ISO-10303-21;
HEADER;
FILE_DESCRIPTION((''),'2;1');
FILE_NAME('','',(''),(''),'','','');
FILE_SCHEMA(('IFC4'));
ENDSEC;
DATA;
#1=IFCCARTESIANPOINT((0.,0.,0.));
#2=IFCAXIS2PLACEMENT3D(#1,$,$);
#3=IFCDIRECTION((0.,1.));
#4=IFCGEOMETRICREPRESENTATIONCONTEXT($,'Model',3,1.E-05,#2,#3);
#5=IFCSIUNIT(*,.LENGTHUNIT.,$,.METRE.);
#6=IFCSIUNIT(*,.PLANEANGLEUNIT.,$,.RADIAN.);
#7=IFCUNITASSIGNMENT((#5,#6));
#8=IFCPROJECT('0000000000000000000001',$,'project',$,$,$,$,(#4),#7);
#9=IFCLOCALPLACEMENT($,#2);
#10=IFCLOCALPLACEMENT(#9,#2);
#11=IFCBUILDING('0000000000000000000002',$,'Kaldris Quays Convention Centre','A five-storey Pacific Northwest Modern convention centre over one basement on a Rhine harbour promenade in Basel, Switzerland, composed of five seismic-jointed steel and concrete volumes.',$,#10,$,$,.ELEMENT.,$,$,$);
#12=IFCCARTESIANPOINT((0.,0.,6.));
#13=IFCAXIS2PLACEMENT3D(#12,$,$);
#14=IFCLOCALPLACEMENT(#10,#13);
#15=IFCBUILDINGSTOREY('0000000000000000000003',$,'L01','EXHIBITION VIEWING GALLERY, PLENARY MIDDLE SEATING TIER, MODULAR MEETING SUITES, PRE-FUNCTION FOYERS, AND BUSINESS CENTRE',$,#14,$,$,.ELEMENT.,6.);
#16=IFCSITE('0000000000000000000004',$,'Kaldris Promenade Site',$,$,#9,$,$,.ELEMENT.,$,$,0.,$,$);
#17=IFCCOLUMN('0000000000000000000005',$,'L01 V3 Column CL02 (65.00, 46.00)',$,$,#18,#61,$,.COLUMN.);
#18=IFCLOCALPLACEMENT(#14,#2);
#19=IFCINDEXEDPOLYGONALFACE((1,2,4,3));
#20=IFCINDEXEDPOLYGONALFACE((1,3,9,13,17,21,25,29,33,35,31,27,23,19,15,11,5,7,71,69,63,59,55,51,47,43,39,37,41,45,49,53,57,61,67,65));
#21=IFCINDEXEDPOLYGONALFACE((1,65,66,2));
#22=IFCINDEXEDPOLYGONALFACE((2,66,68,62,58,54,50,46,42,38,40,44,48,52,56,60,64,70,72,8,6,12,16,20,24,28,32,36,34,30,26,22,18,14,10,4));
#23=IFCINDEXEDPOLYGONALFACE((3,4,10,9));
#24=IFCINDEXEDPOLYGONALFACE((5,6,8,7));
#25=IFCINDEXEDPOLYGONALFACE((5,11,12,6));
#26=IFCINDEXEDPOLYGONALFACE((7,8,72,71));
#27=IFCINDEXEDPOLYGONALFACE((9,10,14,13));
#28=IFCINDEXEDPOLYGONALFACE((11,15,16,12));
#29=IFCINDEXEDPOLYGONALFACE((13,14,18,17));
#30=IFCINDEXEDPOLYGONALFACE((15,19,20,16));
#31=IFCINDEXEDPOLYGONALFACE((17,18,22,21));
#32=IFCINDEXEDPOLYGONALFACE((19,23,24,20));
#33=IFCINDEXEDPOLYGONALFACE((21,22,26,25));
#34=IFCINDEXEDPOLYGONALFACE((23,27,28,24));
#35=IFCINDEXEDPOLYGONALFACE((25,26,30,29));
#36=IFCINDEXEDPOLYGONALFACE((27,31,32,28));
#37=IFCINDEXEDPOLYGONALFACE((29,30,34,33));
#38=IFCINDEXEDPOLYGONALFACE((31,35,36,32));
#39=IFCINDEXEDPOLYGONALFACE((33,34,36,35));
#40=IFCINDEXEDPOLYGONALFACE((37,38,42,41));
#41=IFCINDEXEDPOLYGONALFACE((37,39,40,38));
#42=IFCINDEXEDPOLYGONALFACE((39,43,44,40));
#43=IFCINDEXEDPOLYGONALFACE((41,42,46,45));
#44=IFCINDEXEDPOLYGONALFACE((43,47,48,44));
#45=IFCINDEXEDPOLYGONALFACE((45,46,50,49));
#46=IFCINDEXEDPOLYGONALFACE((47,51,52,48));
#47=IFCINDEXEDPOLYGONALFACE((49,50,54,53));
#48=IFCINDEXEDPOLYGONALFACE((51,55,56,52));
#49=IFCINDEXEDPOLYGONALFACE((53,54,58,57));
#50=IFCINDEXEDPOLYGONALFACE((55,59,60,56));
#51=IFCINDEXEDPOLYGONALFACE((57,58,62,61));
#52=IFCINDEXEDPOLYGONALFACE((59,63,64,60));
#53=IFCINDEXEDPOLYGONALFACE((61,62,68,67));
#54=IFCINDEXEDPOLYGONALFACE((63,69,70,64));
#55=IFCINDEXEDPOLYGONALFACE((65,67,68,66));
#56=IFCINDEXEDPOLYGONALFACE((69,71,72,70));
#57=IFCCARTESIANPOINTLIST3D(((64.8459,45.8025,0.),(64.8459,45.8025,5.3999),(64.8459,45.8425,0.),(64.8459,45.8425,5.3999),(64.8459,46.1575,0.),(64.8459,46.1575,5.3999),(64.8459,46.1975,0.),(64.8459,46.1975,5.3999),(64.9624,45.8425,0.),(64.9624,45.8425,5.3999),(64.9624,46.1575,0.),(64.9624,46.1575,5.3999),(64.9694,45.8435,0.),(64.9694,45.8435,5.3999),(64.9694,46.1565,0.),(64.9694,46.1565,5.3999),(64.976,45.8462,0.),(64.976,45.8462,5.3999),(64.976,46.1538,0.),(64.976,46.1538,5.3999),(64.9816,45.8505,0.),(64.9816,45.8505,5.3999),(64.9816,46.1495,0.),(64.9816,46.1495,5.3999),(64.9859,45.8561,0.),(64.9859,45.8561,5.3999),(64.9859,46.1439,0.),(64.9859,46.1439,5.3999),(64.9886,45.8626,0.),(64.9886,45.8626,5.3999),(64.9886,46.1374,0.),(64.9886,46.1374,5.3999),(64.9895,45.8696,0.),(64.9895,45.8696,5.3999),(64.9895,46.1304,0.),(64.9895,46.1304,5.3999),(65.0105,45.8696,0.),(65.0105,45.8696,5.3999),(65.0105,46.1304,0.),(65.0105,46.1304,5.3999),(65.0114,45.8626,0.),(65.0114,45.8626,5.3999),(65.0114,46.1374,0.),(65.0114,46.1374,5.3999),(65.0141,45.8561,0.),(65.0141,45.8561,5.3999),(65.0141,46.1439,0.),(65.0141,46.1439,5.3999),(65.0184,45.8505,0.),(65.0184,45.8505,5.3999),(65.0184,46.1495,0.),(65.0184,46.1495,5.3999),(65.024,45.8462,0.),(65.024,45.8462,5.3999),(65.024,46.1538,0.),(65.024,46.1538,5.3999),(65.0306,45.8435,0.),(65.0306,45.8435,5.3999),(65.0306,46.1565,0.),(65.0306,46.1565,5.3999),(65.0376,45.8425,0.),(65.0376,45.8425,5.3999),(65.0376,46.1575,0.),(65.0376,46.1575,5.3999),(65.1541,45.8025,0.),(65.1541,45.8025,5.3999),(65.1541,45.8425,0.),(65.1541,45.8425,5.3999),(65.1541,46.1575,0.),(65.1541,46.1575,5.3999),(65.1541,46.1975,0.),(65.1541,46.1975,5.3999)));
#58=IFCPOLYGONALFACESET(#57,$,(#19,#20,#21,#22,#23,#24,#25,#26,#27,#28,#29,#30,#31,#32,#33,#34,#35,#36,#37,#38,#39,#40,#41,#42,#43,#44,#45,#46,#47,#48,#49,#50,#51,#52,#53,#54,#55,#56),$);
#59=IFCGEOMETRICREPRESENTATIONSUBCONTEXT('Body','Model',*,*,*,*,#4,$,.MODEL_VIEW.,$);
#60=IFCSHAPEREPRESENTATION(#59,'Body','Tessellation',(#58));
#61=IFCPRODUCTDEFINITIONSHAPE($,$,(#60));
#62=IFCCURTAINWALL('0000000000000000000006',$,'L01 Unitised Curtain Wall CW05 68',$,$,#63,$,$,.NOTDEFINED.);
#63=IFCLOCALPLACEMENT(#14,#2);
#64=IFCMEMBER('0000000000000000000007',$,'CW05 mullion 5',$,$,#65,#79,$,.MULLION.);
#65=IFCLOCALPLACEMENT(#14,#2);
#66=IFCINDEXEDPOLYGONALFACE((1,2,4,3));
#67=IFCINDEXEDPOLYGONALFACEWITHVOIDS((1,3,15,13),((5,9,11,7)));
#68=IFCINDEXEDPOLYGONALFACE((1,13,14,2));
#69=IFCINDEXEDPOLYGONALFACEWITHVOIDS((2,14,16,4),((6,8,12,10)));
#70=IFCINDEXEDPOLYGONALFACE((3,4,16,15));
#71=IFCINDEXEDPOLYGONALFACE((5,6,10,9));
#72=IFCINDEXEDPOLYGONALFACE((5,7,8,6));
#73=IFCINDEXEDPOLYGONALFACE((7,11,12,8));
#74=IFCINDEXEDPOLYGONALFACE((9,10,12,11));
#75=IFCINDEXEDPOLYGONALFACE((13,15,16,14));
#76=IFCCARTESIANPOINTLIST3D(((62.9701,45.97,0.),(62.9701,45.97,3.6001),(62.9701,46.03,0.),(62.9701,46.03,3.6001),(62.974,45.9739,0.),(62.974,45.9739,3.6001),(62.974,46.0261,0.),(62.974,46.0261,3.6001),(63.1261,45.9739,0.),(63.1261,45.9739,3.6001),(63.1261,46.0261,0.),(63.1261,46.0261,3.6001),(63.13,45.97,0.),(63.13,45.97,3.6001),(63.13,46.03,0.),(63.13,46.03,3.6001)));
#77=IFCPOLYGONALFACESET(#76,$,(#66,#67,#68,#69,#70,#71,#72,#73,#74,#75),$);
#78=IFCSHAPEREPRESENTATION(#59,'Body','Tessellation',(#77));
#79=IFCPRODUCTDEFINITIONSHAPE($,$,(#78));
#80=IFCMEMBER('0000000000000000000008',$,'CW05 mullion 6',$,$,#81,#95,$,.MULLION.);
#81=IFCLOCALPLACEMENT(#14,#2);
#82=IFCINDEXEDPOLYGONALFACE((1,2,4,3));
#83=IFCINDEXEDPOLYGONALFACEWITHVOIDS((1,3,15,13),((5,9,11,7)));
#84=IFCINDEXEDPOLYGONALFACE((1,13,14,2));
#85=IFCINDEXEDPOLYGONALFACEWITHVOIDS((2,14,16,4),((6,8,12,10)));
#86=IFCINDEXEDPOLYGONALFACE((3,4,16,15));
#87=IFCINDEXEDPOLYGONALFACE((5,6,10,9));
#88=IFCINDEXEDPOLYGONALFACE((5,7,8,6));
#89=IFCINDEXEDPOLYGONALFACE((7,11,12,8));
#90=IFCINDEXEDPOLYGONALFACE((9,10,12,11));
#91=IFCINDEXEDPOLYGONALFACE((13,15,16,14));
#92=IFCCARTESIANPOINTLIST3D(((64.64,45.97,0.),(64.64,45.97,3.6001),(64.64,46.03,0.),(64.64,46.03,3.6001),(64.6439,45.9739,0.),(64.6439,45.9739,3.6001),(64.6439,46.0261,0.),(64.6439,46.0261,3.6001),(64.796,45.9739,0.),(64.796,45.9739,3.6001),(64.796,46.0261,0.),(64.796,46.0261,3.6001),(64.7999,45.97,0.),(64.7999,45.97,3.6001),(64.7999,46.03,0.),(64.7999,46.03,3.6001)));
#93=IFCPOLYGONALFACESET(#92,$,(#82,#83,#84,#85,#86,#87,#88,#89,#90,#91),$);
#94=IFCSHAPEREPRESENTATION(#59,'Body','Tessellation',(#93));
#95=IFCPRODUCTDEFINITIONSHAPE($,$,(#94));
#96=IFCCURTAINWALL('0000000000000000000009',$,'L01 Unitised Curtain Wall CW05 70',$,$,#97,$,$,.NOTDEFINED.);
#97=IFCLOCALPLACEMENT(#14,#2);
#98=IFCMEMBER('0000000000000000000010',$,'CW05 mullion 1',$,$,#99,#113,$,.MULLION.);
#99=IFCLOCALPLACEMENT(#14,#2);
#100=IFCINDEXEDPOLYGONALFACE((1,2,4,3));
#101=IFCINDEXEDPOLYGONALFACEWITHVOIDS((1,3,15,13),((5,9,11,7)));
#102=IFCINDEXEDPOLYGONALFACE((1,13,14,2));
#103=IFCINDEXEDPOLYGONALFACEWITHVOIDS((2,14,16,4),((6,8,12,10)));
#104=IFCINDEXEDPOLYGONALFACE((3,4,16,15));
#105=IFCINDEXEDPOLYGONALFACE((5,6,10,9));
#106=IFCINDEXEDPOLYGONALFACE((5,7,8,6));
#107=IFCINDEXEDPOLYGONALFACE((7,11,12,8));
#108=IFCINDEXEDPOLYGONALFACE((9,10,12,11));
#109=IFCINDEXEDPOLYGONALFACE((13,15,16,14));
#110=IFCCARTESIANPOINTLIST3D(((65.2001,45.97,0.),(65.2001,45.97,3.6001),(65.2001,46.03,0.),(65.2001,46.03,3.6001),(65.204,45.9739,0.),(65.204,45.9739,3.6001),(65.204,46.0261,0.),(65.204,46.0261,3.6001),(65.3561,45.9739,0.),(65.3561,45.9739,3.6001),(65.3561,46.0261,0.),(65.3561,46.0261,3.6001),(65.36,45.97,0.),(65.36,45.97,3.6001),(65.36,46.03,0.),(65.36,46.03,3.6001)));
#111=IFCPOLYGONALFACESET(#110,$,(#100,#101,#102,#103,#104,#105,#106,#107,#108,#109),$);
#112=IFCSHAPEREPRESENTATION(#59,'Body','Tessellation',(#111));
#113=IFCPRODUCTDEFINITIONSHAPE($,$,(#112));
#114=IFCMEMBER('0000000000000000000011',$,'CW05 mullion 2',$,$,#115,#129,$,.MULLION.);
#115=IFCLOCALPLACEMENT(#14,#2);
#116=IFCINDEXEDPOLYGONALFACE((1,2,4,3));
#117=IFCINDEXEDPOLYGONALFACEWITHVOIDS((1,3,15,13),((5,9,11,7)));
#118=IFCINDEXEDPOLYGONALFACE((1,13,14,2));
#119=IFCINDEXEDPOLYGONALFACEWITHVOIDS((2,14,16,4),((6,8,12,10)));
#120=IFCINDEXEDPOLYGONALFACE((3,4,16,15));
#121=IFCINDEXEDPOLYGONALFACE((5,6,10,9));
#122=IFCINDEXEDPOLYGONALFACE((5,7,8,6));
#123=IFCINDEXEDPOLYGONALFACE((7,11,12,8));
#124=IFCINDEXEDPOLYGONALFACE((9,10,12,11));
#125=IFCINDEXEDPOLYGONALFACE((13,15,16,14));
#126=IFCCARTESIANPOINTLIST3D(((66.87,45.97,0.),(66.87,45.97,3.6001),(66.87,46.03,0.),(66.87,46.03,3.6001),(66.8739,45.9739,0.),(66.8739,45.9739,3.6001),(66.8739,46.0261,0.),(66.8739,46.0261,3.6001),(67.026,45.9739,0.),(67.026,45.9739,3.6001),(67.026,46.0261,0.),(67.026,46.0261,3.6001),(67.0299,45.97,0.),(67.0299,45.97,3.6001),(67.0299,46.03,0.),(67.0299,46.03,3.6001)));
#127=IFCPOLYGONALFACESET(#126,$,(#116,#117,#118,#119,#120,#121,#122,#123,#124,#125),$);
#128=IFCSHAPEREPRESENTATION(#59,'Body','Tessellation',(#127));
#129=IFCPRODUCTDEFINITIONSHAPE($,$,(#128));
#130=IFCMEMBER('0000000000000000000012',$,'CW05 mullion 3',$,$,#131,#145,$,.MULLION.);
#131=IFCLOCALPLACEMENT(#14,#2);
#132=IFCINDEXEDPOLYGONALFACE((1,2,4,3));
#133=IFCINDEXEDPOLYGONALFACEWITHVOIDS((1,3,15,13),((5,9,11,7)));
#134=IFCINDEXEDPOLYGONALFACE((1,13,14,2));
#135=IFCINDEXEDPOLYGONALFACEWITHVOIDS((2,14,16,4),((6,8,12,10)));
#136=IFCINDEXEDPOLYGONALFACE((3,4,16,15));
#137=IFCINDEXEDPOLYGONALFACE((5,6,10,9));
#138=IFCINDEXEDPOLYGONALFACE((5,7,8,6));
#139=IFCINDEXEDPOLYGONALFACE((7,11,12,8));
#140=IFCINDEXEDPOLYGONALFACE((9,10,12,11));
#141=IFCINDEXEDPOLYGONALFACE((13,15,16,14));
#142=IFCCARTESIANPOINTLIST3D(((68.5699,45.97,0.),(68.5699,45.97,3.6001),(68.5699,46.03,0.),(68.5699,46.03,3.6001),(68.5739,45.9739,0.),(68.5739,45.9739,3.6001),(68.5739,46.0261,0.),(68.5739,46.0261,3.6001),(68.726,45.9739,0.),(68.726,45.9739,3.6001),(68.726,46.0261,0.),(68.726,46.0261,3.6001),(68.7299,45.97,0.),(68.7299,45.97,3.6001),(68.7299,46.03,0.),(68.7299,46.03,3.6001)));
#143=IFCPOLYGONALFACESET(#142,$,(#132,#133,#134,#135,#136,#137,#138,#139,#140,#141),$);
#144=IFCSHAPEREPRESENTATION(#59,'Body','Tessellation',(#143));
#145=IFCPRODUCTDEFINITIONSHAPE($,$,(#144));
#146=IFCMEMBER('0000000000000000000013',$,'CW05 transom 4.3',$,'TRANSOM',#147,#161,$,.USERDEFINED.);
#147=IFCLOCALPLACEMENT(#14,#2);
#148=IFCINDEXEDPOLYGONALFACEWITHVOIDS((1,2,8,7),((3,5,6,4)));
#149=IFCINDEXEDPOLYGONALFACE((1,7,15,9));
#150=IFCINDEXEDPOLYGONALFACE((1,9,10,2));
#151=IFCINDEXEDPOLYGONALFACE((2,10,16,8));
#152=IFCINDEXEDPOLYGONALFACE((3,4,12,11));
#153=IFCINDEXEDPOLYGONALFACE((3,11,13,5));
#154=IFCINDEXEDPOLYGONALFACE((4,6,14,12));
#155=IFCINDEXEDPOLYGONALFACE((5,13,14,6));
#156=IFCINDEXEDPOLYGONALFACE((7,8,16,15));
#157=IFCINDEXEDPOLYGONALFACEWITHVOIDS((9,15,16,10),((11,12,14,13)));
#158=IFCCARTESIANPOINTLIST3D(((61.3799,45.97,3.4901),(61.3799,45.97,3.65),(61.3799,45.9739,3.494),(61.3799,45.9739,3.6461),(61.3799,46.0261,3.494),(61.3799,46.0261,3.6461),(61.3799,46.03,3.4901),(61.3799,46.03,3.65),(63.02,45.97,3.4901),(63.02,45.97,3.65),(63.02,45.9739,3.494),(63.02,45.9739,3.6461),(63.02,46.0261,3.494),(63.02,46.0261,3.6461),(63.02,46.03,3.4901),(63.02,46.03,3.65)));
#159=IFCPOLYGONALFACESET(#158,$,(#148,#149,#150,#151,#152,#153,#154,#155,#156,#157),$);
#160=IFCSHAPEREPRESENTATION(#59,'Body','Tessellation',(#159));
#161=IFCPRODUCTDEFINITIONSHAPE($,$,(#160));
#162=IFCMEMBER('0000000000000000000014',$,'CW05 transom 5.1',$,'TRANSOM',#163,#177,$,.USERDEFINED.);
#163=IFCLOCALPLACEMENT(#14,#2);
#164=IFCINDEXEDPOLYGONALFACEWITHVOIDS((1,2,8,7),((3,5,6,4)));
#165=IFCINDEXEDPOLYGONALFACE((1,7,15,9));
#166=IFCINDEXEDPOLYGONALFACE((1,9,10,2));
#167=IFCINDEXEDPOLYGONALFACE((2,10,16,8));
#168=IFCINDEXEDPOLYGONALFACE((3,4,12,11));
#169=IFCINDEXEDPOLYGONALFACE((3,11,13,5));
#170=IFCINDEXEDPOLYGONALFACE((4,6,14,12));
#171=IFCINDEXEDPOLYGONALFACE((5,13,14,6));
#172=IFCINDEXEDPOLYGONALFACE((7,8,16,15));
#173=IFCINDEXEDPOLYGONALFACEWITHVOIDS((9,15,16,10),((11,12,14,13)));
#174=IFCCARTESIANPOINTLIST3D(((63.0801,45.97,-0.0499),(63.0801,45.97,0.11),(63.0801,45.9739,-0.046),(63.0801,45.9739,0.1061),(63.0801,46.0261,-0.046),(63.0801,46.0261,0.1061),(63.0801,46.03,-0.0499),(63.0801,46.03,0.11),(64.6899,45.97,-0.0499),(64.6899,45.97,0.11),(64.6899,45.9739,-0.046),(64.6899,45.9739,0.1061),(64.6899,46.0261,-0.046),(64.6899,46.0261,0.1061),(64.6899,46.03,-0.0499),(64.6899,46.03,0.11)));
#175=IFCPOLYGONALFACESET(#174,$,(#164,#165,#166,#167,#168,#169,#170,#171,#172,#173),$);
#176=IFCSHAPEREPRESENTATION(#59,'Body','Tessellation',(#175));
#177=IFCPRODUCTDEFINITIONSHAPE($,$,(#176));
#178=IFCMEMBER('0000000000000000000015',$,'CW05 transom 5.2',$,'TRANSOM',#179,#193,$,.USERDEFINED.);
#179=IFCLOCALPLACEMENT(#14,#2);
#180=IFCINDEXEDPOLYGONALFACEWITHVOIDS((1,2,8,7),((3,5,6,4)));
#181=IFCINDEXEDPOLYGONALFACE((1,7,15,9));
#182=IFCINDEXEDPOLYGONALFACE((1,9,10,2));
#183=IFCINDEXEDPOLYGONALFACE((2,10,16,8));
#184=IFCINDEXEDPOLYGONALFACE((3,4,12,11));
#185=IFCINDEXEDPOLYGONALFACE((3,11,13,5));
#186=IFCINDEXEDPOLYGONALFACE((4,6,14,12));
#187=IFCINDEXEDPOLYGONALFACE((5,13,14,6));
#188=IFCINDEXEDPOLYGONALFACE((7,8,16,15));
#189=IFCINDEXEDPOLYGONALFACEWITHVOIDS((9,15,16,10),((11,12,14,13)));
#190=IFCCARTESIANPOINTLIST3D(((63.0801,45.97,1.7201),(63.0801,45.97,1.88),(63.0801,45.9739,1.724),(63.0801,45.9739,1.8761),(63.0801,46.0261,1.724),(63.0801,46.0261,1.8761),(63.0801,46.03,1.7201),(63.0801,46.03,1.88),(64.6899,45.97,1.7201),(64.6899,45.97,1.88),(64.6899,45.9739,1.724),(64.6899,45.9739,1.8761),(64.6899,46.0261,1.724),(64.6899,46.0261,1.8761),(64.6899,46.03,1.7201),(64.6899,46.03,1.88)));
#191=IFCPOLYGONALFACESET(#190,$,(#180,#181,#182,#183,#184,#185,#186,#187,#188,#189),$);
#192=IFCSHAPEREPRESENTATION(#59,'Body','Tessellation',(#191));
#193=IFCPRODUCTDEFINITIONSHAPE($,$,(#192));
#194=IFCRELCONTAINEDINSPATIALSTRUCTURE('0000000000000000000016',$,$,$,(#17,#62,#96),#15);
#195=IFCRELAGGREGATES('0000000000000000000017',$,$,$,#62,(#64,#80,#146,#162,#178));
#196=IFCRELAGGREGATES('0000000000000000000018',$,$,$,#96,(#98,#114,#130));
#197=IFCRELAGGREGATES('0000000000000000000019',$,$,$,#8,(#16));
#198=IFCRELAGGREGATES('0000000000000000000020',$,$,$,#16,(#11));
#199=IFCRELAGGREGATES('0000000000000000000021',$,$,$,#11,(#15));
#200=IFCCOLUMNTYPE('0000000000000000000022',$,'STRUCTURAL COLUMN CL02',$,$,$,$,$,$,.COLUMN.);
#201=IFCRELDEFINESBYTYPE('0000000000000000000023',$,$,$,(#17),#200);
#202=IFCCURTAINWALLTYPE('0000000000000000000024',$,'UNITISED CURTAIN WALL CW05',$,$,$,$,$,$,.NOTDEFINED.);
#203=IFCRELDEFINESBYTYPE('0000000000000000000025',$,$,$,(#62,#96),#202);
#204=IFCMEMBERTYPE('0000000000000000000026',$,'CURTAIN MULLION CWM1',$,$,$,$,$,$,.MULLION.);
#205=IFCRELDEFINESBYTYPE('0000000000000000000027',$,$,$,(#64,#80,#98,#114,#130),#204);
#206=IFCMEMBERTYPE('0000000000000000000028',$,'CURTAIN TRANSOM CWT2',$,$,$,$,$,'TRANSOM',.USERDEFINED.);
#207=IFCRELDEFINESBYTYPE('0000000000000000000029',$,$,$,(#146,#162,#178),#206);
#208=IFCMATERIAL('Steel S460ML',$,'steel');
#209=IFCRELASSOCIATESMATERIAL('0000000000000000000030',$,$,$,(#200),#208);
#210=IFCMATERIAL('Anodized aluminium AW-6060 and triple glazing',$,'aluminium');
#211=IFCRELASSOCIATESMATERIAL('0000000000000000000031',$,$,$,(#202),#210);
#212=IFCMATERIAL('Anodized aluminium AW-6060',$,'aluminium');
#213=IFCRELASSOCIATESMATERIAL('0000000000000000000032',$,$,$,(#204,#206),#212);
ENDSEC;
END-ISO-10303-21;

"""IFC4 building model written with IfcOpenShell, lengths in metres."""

from ifc_helpers import new_model, si_unit, direction, frame, origin, origin_2d, place, context, subcontext, project, spatial, hollow_rectangle, i_section, extrude, material, material_profile, profile_set, type_object, element, aggregate, save


model = new_model("IFC4")

# Units and contexts
model_context = context("Model", 3, precision=1e-05, world=origin(), true_north=direction((0.0, 1.0)))
body_context = subcontext(model_context, "Body", "Model", "MODEL_VIEW")
ifc_project = project(units=[si_unit("LENGTHUNIT", "METRE"), si_unit("PLANEANGLEUNIT", "RADIAN")], contexts=[model_context])

# Site, building, storey
site_placement = place(None, origin())
site = spatial("IfcSite", under=ifc_project, at=site_placement, Name="Kaldris Promenade Site", CompositionType="ELEMENT", RefElevation=0.0)
building_placement = place(site_placement, origin())
building = spatial("IfcBuilding", under=site, at=building_placement, Name="Kaldris Quays Convention Centre", Description="A five-storey Pacific Northwest Modern convention centre over one basement on a Rhine harbour promenade in Basel, Switzerland, composed of five seismic-jointed steel and concrete volumes.", CompositionType="ELEMENT")
storey_placement = place(building_placement, frame((0.0, 0.0, 6.0)))
storey = spatial("IfcBuildingStorey", under=building, at=storey_placement, Name="L01", Description="EXHIBITION VIEWING GALLERY, PLENARY MIDDLE SEATING TIER, MODULAR MEETING SUITES, PRE-FUNCTION FOYERS, AND BUSINESS CENTRE", CompositionType="ELEMENT", Elevation=6.0)

# Column
ifc_material_1 = material(Name="Steel S460ML", Category="steel")
ifc_material_profile_1 = material_profile(ifc_material_1, i_section(OverallWidth=0.3081, OverallDepth=0.395, WebThickness=0.021, FlangeThickness=0.04, FilletRadius=0.0271, at=origin_2d()), Name="HEM 360")
ifc_profile_set_1 = profile_set([ifc_material_profile_1], Name="Steel S460ML")
column_type = type_object("IfcColumnType", Name="STRUCTURAL COLUMN CL02", PredefinedType="COLUMN", material=ifc_profile_set_1)
column_placement = place(storey_placement, frame((65.0, 46.0, 0.0), z_axis=(0.0, 0.0, 1.0), x_axis=(1.0, 0.0, 0.0)))
element("IfcColumn", 1, at=column_placement, inside=storey, type_object=column_type, Name="L01 V3 Column CL02 (65.00, 46.00)", PredefinedType="COLUMN", context=body_context, shape_type="SweptSolid", body=[
    extrude(i_section(OverallWidth=0.3081, OverallDepth=0.395, WebThickness=0.021, FlangeThickness=0.04, FilletRadius=0.0271, at=origin_2d()), origin(), (0.0, 0.0, 1.0), 5.3999),
])

# Curtain walls, members
ifc_material_2 = material(Name="Anodized aluminium AW-6060 and triple glazing", Category="aluminium")
curtain_wall_type = type_object("IfcCurtainWallType", Name="UNITISED CURTAIN WALL CW05", PredefinedType="NOTDEFINED", material=ifc_material_2)
curtain_wall_1_placement = place(storey_placement, origin())
curtain_wall_1 = element("IfcCurtainWall", 2, at=curtain_wall_1_placement, inside=storey, type_object=curtain_wall_type, Name="L01 Unitised Curtain Wall CW05 68", PredefinedType="NOTDEFINED")
ifc_material_3 = material(Name="Anodized aluminium AW-6060", Category="aluminium")
ifc_material_profile_2 = material_profile(ifc_material_3, hollow_rectangle(XDim=0.0601, YDim=0.1599, WallThickness=0.0039, at=origin_2d()), Name="RHS 160x60x4")
ifc_profile_set_2 = profile_set([ifc_material_profile_2], Name="Anodized aluminium AW-6060")
member_type_1 = type_object("IfcMemberType", Name="CURTAIN MULLION CWM1", PredefinedType="MULLION", material=ifc_profile_set_2)
member_1_placement = place(storey_placement, frame((63.05, 46.0, 0.0), z_axis=(0.0, 0.0, 1.0), x_axis=(0.0, 1.0, 0.0)))
member_1 = element("IfcMember", 3, at=member_1_placement, type_object=member_type_1, Name="CW05 mullion 5", PredefinedType="MULLION", context=body_context, shape_type="SweptSolid", body=[
    extrude(hollow_rectangle(XDim=0.0601, YDim=0.1599, WallThickness=0.0039, at=origin_2d()), origin(), (0.0, 0.0, 1.0), 3.6001),
])
member_2_placement = place(storey_placement, frame((64.72, 46.0, 0.0), z_axis=(0.0, 0.0, 1.0), x_axis=(0.0, 1.0, 0.0)))
member_2 = element("IfcMember", 4, at=member_2_placement, type_object=member_type_1, Name="CW05 mullion 6", PredefinedType="MULLION", context=body_context, shape_type="SweptSolid", body=[
    extrude(hollow_rectangle(XDim=0.0601, YDim=0.1599, WallThickness=0.0039, at=origin_2d()), origin(), (0.0, 0.0, 1.0), 3.6001),
])
curtain_wall_2_placement = place(storey_placement, origin())
curtain_wall_2 = element("IfcCurtainWall", 5, at=curtain_wall_2_placement, inside=storey, type_object=curtain_wall_type, Name="L01 Unitised Curtain Wall CW05 70", PredefinedType="NOTDEFINED")
member_3_placement = place(storey_placement, frame((65.28, 46.0, 0.0), z_axis=(0.0, 0.0, 1.0), x_axis=(0.0, 1.0, 0.0)))
member_3 = element("IfcMember", 6, at=member_3_placement, type_object=member_type_1, Name="CW05 mullion 1", PredefinedType="MULLION", context=body_context, shape_type="SweptSolid", body=[
    extrude(hollow_rectangle(XDim=0.0601, YDim=0.1599, WallThickness=0.0039, at=origin_2d()), origin(), (0.0, 0.0, 1.0), 3.6001),
])
member_4_placement = place(storey_placement, frame((66.95, 46.0, 0.0), z_axis=(0.0, 0.0, 1.0), x_axis=(0.0, 1.0, 0.0)))
member_4 = element("IfcMember", 7, at=member_4_placement, type_object=member_type_1, Name="CW05 mullion 2", PredefinedType="MULLION", context=body_context, shape_type="SweptSolid", body=[
    extrude(hollow_rectangle(XDim=0.0601, YDim=0.1599, WallThickness=0.0039, at=origin_2d()), origin(), (0.0, 0.0, 1.0), 3.6001),
])
member_5_placement = place(storey_placement, frame((68.6499, 46.0, 0.0), z_axis=(0.0, 0.0, 1.0), x_axis=(0.0, 1.0, 0.0)))
member_5 = element("IfcMember", 8, at=member_5_placement, type_object=member_type_1, Name="CW05 mullion 3", PredefinedType="MULLION", context=body_context, shape_type="SweptSolid", body=[
    extrude(hollow_rectangle(XDim=0.0601, YDim=0.1599, WallThickness=0.0039, at=origin_2d()), origin(), (0.0, 0.0, 1.0), 3.6001),
])

# Members
ifc_material_profile_3 = material_profile(ifc_material_3, hollow_rectangle(XDim=0.0601, YDim=0.1599, WallThickness=0.0039, at=origin_2d()), Name="RHS 160x60x4")
ifc_profile_set_3 = profile_set([ifc_material_profile_3], Name="Anodized aluminium AW-6060")
member_type_2 = type_object("IfcMemberType", Name="CURTAIN TRANSOM CWT2", ElementType="TRANSOM", PredefinedType="USERDEFINED", material=ifc_profile_set_3)
member_6_placement = place(storey_placement, frame((61.3799, 46.0, 3.5701), z_axis=(1.0, 0.0, 0.0), x_axis=(0.0, 1.0, 0.0)))
member_6 = element("IfcMember", 9, at=member_6_placement, type_object=member_type_2, Name="CW05 transom 4.3", ObjectType="TRANSOM", PredefinedType="USERDEFINED", context=body_context, shape_type="SweptSolid", body=[
    extrude(hollow_rectangle(XDim=0.0601, YDim=0.1599, WallThickness=0.0039, at=origin_2d()), origin(), (0.0, 0.0, 1.0), 1.6401),
])
member_7_placement = place(storey_placement, frame((63.0801, 46.0, 0.03), z_axis=(1.0, 0.0, 0.0), x_axis=(0.0, 1.0, 0.0)))
member_7 = element("IfcMember", 10, at=member_7_placement, type_object=member_type_2, Name="CW05 transom 5.1", ObjectType="TRANSOM", PredefinedType="USERDEFINED", context=body_context, shape_type="SweptSolid", body=[
    extrude(hollow_rectangle(XDim=0.0601, YDim=0.1599, WallThickness=0.0039, at=origin_2d()), origin(), (0.0, 0.0, 1.0), 1.6099),
])
member_8_placement = place(storey_placement, frame((63.0801, 46.0, 1.8), z_axis=(1.0, 0.0, 0.0), x_axis=(0.0, 1.0, 0.0)))
member_8 = element("IfcMember", 11, at=member_8_placement, type_object=member_type_2, Name="CW05 transom 5.2", ObjectType="TRANSOM", PredefinedType="USERDEFINED", context=body_context, shape_type="SweptSolid", body=[
    extrude(hollow_rectangle(XDim=0.0601, YDim=0.1599, WallThickness=0.0039, at=origin_2d()), origin(), (0.0, 0.0, 1.0), 1.6099),
])

aggregate(curtain_wall_1, [member_1, member_2, member_6, member_7, member_8])
aggregate(curtain_wall_2, [member_3, member_4, member_5])

save(model, "model.ifc")
